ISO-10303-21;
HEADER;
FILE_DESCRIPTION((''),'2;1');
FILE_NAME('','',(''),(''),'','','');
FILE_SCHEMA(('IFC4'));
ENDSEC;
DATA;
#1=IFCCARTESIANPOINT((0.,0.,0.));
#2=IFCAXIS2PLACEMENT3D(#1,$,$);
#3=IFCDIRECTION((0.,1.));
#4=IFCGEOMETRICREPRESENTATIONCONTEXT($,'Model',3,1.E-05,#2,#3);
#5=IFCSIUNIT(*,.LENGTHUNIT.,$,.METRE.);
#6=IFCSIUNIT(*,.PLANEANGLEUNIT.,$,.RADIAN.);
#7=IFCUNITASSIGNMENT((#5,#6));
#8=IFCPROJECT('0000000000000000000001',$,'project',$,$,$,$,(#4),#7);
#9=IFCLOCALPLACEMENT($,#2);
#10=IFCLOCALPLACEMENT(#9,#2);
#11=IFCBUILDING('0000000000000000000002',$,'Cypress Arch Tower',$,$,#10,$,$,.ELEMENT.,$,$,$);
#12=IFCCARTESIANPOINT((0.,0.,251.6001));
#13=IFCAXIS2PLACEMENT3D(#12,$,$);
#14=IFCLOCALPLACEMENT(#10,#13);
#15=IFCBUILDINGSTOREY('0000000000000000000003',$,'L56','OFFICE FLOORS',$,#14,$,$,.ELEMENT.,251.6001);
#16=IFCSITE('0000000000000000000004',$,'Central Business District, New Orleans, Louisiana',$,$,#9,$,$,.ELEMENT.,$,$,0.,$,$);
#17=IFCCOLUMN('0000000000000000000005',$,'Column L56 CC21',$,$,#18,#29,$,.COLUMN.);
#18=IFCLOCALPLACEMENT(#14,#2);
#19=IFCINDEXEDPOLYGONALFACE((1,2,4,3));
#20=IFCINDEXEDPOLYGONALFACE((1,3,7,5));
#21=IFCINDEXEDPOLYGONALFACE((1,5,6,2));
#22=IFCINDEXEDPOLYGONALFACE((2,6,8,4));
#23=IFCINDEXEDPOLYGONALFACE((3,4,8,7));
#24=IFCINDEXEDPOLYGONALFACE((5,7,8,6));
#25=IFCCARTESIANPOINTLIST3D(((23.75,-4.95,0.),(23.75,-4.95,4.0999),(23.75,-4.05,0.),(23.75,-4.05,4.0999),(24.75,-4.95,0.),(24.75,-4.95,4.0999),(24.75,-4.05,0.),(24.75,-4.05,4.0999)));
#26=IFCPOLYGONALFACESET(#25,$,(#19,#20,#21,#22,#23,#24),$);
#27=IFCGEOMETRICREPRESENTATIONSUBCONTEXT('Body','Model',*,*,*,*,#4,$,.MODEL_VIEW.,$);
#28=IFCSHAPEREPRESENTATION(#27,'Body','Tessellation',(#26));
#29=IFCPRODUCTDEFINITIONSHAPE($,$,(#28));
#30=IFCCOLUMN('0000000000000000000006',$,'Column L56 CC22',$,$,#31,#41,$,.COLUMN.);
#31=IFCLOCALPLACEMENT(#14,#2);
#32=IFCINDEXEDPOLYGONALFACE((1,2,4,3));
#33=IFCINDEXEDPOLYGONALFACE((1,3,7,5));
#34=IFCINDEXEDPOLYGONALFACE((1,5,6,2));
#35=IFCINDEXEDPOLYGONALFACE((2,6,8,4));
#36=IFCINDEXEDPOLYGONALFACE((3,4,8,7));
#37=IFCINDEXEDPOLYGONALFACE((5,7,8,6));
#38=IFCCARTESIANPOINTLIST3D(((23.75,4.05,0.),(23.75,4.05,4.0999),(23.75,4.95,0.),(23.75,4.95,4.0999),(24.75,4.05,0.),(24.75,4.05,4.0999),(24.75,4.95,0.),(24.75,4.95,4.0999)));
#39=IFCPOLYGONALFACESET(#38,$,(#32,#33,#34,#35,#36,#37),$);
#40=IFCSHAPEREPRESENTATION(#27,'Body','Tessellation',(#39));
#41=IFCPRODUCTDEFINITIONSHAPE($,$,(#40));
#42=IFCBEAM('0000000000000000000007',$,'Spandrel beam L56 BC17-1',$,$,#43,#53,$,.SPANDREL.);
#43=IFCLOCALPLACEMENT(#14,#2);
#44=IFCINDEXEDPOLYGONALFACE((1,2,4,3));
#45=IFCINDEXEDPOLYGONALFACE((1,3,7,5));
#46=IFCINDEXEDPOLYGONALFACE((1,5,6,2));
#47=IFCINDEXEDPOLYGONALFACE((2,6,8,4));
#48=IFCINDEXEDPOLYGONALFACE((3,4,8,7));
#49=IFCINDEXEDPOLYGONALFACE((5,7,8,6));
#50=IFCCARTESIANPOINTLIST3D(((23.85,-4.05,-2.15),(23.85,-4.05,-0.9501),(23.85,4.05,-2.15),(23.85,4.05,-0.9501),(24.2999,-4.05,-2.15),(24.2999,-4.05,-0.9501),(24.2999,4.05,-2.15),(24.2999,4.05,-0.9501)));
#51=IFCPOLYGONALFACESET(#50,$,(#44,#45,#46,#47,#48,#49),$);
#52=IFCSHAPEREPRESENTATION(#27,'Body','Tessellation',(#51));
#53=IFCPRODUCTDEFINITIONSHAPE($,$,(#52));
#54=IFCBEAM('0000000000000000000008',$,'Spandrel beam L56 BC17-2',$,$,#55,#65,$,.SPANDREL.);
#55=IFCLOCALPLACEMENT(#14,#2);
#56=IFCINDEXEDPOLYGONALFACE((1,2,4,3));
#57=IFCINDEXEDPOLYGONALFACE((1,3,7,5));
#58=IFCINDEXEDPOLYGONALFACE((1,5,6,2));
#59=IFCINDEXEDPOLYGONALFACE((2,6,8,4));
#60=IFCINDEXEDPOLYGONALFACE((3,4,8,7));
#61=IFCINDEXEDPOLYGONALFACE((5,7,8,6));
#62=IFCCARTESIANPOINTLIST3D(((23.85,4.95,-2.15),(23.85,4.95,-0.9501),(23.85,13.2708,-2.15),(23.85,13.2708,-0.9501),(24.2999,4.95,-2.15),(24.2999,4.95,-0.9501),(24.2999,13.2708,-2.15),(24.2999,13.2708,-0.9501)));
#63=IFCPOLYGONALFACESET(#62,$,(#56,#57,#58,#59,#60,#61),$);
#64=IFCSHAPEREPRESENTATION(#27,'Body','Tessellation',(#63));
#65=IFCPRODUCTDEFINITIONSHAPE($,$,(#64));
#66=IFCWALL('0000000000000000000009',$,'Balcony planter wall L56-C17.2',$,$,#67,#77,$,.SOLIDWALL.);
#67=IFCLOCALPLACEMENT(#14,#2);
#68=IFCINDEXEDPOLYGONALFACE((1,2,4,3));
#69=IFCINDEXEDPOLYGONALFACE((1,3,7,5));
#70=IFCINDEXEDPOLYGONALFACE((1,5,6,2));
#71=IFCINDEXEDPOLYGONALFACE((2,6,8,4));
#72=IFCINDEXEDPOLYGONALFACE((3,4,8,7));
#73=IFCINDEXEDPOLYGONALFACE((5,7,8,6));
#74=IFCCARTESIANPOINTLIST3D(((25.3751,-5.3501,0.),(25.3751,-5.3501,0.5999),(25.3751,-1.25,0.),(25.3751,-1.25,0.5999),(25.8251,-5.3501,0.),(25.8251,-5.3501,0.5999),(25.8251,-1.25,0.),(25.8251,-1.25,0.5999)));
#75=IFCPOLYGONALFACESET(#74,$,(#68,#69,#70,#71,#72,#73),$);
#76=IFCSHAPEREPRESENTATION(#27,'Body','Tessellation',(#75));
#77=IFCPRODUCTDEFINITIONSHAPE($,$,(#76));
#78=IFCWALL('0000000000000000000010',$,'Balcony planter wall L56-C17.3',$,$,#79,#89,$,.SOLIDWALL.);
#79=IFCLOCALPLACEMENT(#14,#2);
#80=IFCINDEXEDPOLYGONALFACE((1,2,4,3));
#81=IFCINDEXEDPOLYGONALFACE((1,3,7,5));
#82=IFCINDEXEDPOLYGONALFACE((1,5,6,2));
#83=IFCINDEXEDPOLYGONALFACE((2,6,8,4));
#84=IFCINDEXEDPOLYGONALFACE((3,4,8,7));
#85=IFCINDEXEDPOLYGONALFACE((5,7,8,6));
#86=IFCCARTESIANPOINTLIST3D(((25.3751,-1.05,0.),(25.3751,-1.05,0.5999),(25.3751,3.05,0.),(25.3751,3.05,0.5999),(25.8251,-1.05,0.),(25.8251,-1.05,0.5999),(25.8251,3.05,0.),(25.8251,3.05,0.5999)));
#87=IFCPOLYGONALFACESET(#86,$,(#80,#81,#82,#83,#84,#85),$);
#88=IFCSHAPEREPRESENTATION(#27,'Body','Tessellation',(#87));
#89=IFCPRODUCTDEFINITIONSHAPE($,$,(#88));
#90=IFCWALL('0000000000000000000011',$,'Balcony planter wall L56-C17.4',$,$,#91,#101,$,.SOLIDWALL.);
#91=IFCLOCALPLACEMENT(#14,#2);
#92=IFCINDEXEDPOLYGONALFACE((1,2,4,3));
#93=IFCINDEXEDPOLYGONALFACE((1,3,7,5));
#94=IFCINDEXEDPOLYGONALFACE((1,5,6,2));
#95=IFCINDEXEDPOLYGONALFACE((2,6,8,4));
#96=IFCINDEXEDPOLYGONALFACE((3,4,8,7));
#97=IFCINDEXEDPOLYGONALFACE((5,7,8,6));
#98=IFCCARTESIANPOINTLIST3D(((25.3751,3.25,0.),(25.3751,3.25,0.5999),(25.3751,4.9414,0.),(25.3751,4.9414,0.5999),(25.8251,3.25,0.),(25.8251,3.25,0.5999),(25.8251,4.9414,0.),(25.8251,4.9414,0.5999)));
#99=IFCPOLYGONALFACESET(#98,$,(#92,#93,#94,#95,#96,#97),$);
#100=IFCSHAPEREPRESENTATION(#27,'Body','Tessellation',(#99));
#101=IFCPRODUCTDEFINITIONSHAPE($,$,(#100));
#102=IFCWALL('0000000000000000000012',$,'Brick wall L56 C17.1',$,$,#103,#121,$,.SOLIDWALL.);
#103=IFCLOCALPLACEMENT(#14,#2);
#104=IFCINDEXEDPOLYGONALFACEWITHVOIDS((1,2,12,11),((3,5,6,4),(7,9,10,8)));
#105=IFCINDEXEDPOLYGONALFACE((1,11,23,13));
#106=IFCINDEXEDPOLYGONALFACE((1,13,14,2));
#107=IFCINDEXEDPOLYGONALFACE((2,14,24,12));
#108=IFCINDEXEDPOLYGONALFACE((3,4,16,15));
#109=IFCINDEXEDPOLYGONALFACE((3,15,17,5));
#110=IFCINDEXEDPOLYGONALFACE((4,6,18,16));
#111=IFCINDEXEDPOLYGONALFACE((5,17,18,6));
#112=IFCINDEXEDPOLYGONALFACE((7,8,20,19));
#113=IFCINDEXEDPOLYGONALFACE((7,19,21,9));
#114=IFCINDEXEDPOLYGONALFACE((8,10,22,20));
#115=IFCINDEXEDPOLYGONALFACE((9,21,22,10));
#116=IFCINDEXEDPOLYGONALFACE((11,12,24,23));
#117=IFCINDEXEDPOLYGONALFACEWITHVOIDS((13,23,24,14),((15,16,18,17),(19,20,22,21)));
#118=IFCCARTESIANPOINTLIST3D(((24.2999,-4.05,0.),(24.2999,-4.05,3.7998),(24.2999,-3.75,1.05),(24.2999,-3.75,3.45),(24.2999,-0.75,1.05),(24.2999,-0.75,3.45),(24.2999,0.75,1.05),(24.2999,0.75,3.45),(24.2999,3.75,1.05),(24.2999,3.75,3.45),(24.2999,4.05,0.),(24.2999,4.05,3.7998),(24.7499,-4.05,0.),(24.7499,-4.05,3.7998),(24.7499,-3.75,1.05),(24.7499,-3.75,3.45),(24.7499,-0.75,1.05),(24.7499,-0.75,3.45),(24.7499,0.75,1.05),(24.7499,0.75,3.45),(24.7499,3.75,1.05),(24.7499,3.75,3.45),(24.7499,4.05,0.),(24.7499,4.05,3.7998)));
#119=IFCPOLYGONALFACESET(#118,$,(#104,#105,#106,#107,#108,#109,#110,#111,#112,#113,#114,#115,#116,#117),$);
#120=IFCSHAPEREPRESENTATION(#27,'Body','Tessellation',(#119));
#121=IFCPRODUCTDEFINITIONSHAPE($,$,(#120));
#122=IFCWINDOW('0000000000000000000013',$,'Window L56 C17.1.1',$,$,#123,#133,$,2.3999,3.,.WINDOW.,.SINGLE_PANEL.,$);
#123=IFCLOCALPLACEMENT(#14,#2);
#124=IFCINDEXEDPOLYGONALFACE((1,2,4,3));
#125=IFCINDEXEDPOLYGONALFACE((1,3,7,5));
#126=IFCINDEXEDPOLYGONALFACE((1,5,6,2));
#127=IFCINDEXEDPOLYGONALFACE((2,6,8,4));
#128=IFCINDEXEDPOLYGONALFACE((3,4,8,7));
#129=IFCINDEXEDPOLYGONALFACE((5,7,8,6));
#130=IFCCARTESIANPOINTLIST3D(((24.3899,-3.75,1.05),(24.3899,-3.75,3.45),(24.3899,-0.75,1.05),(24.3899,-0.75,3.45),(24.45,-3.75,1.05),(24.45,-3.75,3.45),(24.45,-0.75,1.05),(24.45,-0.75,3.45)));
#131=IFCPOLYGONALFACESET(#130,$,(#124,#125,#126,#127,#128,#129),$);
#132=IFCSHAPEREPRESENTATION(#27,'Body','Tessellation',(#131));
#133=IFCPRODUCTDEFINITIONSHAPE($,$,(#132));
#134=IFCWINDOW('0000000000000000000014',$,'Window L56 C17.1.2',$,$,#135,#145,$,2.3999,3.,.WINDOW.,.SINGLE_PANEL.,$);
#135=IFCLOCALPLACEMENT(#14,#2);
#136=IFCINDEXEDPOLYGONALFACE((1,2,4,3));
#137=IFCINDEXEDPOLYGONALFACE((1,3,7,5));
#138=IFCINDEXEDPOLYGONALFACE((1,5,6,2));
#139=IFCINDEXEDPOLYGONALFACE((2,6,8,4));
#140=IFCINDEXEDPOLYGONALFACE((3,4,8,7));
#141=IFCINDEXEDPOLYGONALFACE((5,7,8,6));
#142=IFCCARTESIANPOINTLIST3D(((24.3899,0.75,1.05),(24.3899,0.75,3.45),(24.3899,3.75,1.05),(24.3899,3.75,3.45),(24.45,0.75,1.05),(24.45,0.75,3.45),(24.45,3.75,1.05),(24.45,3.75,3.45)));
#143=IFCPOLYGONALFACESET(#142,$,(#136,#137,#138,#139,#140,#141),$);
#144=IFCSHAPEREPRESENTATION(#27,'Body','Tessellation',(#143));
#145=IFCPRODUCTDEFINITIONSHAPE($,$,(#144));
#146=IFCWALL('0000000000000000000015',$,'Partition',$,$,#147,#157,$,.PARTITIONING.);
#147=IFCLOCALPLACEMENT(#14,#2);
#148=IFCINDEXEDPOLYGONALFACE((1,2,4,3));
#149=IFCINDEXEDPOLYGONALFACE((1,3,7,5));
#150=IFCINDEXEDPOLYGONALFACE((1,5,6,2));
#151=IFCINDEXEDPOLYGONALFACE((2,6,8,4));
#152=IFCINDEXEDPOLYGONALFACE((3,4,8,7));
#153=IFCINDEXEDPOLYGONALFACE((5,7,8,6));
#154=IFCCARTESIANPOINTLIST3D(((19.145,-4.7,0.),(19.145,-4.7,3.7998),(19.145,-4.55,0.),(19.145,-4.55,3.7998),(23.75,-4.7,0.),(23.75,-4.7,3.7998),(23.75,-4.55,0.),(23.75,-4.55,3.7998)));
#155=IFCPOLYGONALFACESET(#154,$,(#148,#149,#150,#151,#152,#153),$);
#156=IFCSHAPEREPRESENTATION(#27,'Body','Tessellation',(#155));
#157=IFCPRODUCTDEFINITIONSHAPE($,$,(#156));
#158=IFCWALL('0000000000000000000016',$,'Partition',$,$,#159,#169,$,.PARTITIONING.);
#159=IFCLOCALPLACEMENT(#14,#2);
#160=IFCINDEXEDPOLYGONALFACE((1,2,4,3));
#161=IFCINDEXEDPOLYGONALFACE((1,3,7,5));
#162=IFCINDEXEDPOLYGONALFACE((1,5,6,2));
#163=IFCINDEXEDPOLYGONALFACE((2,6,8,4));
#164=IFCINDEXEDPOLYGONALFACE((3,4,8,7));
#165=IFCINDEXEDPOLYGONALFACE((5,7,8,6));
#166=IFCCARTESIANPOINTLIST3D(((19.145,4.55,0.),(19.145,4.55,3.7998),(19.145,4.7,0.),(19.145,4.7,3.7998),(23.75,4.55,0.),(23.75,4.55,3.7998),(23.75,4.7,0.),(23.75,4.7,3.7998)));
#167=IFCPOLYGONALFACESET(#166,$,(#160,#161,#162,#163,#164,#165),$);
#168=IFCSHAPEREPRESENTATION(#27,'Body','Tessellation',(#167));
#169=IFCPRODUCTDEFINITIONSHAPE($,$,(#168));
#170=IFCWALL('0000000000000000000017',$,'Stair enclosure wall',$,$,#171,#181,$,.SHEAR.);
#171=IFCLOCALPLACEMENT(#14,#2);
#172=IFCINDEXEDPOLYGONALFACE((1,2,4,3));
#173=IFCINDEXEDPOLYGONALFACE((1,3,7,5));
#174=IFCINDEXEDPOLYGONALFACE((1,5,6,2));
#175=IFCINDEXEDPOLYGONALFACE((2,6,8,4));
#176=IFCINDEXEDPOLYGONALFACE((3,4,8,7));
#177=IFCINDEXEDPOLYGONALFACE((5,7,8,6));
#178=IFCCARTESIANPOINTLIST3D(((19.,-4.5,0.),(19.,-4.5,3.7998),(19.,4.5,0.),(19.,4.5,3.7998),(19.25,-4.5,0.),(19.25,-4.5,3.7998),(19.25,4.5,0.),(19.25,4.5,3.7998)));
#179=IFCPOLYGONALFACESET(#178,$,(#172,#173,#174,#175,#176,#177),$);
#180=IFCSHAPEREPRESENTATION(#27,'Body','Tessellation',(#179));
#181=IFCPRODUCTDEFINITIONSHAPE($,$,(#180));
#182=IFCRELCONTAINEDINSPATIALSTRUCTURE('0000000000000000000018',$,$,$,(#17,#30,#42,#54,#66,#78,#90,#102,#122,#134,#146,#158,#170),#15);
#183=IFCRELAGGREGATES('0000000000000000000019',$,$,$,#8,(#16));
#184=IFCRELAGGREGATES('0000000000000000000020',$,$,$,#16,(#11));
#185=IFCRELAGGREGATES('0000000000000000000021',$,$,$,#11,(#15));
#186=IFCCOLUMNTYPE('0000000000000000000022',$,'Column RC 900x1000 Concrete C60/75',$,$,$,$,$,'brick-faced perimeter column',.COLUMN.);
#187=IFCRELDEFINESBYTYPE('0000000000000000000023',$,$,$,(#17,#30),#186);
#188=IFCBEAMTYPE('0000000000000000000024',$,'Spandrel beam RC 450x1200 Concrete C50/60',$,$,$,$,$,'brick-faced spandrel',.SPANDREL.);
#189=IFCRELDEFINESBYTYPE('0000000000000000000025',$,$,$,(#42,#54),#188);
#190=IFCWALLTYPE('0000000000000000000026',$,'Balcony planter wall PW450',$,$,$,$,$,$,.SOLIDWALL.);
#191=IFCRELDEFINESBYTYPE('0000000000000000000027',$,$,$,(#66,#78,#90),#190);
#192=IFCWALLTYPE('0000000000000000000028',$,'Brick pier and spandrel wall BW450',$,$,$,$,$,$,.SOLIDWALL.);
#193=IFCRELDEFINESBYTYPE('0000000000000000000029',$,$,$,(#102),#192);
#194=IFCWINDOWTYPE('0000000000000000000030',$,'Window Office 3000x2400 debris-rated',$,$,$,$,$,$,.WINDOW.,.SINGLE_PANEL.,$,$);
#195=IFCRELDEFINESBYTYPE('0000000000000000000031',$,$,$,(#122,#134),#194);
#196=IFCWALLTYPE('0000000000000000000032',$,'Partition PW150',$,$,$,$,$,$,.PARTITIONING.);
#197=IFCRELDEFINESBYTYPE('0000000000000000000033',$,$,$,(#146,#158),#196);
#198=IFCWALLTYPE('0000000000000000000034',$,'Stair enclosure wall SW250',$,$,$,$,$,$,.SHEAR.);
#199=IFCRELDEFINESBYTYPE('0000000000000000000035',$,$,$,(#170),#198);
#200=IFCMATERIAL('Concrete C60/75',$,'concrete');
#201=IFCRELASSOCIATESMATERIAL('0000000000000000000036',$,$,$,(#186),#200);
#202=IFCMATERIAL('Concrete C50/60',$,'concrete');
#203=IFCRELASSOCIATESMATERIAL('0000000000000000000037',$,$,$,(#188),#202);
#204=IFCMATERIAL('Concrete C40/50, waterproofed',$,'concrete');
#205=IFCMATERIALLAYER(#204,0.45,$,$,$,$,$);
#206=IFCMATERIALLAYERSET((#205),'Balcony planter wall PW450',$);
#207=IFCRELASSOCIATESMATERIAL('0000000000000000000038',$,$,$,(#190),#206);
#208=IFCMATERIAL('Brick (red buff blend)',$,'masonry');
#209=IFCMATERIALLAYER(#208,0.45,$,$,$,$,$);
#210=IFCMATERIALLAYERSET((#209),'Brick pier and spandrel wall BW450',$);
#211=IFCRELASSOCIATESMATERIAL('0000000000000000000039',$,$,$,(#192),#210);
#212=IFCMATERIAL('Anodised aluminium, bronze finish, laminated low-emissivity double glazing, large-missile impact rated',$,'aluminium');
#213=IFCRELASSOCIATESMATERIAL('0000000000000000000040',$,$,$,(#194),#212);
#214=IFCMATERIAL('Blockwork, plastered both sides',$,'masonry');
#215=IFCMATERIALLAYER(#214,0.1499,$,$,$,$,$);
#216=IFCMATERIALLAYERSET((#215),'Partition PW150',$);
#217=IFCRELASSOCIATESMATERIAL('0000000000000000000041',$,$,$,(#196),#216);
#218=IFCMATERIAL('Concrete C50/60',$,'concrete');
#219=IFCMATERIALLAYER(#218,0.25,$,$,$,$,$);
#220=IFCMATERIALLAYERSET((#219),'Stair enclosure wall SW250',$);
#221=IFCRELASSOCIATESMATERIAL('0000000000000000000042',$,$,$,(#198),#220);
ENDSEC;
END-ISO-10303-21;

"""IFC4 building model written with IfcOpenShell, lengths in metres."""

from ifc_helpers import new_model, si_unit, direction, frame, frame_2d, origin, origin_2d, place, context, subcontext, project, spatial, rectangle, extrude, material, layer, layer_set, material_profile, profile_set, type_object, element, fill, save


model = new_model("IFC4")

# Units and contexts
model_context = context("Model", 3, precision=1e-05, world=origin(), true_north=direction((0.0, 1.0)))
body_context = subcontext(model_context, "Body", "Model", "MODEL_VIEW")
ifc_project = project(units=[si_unit("LENGTHUNIT", "METRE"), si_unit("PLANEANGLEUNIT", "RADIAN")], contexts=[model_context])

# Site, building, storey
site_placement = place(None, origin())
site = spatial("IfcSite", under=ifc_project, at=site_placement, Name="Central Business District, New Orleans, Louisiana", CompositionType="ELEMENT", RefElevation=0.0)
building_placement = place(site_placement, origin())
building = spatial("IfcBuilding", under=site, at=building_placement, Name="Cypress Arch Tower", CompositionType="ELEMENT")
storey_placement = place(building_placement, frame((0.0, 0.0, 251.6001)))
storey = spatial("IfcBuildingStorey", under=building, at=storey_placement, Name="L56", Description="OFFICE FLOORS", CompositionType="ELEMENT", Elevation=251.6001)

# Columns
ifc_material_1 = material(Name="Concrete C60/75", Category="concrete")
ifc_material_profile_1 = material_profile(ifc_material_1, rectangle(XDim=0.8999, YDim=1.0, at=origin_2d()), Name="RC 900x1000")
ifc_profile_set_1 = profile_set([ifc_material_profile_1], Name="Concrete C60/75")
column_type = type_object("IfcColumnType", Name="Column RC 900x1000 Concrete C60/75", ElementType="brick-faced perimeter column", PredefinedType="COLUMN", material=ifc_profile_set_1)
for number, where, z_axis, x_axis, name in (
    (1, (24.25, -4.5, 0.0), (0.0, 0.0, 1.0), (0.0, 1.0, 0.0), "Column L56 CC21"),
    (2, (24.25, 4.5, 0.0), (0.0, 0.0, 1.0), (0.0, 1.0, 0.0), "Column L56 CC22"),
):
    element("IfcColumn", number, at=place(storey_placement, frame(where, z_axis=z_axis, x_axis=x_axis)), inside=storey, type_object=column_type, Name=name, PredefinedType="COLUMN", context=body_context, shape_type="SweptSolid", body=[
        extrude(rectangle(XDim=0.8999, YDim=1.0, at=origin_2d()), origin(), (0.0, 0.0, 1.0), 4.0999),
    ])

# Beams
ifc_material_2 = material(Name="Concrete C50/60", Category="concrete")
ifc_material_profile_2 = material_profile(ifc_material_2, rectangle(XDim=0.45, YDim=1.2, at=origin_2d()), Name="RC 450x1200")
ifc_profile_set_2 = profile_set([ifc_material_profile_2], Name="Concrete C50/60")
beam_type = type_object("IfcBeamType", Name="Spandrel beam RC 450x1200 Concrete C50/60", ElementType="brick-faced spandrel", PredefinedType="SPANDREL", material=ifc_profile_set_2)
beam_1_placement = place(storey_placement, frame((24.075, -4.05, -1.55), z_axis=(0.0, 1.0, 0.0), x_axis=(-1.0, 0.0, 0.0)))
element("IfcBeam", 3, at=beam_1_placement, inside=storey, type_object=beam_type, Name="Spandrel beam L56 BC17-1", PredefinedType="SPANDREL", context=body_context, shape_type="SweptSolid", body=[
    extrude(rectangle(XDim=0.45, YDim=1.2, at=origin_2d()), origin(), (0.0, 0.0, 1.0), 8.1001),
])
beam_2_placement = place(storey_placement, frame((24.075, 4.95, -1.55), z_axis=(0.0, 1.0, 0.0), x_axis=(-1.0, 0.0, 0.0)))
element("IfcBeam", 4, at=beam_2_placement, inside=storey, type_object=beam_type, Name="Spandrel beam L56 BC17-2", PredefinedType="SPANDREL", context=body_context, shape_type="SweptSolid", body=[
    extrude(rectangle(XDim=0.45, YDim=1.2, at=origin_2d()), origin(), (0.0, 0.0, 1.0), 8.3208),
])

# Walls
ifc_material_3 = material(Name="Concrete C40/50, waterproofed", Category="concrete")
ifc_layer_1 = layer(ifc_material_3, 0.45)
ifc_layer_set_1 = layer_set([ifc_layer_1], Name="Balcony planter wall PW450")
wall_type_1 = type_object("IfcWallType", Name="Balcony planter wall PW450", PredefinedType="SOLIDWALL", material=ifc_layer_set_1)
for number, where, z_axis, x_axis, name in (
    (5, (25.6001, -5.3501, 0.0), (0.0, 0.0, 1.0), (0.0, 1.0, 0.0), "Balcony planter wall L56-C17.2"),
    (6, (25.6001, -1.05, 0.0), (0.0, 0.0, 1.0), (0.0, 1.0, 0.0), "Balcony planter wall L56-C17.3"),
):
    element("IfcWall", number, at=place(storey_placement, frame(where, z_axis=z_axis, x_axis=x_axis)), inside=storey, type_object=wall_type_1, Name=name, PredefinedType="SOLIDWALL", context=body_context, shape_type="SweptSolid", body=[
        extrude(rectangle(XDim=4.1001, YDim=0.45, at=frame_2d((2.05, 0.0))), origin(), (0.0, 0.0, 1.0), 0.5999),
    ])
wall_1_placement = place(storey_placement, frame((25.6001, 3.25, 0.0), z_axis=(0.0, 0.0, 1.0), x_axis=(0.0, 1.0, 0.0)))
element("IfcWall", 7, at=wall_1_placement, inside=storey, type_object=wall_type_1, Name="Balcony planter wall L56-C17.4", PredefinedType="SOLIDWALL", context=body_context, shape_type="SweptSolid", body=[
    extrude(rectangle(XDim=1.6914, YDim=0.45, at=frame_2d((0.8457, 0.0))), origin(), (0.0, 0.0, 1.0), 0.5999),
])

# Wall, openings, windows
ifc_material_4 = material(Name="Brick (red buff blend)", Category="masonry")
ifc_layer_2 = layer(ifc_material_4, 0.45)
ifc_layer_set_2 = layer_set([ifc_layer_2], Name="Brick pier and spandrel wall BW450")
wall_type_2 = type_object("IfcWallType", Name="Brick pier and spandrel wall BW450", PredefinedType="SOLIDWALL", material=ifc_layer_set_2)
wall_2_placement = place(storey_placement, frame((24.5249, -4.05, 0.0), z_axis=(0.0, 0.0, 1.0), x_axis=(0.0, 1.0, 0.0)))
wall_2 = element("IfcWall", 8, at=wall_2_placement, inside=storey, type_object=wall_type_2, Name="Brick wall L56 C17.1", PredefinedType="SOLIDWALL", context=body_context, shape_type="SweptSolid", body=[
    extrude(rectangle(XDim=8.1001, YDim=0.45, at=frame_2d((4.05, 0.0))), origin(), (0.0, 0.0, 1.0), 3.7998),
])
opening_1_placement = place(wall_2_placement, frame((0.3, 0.0, 1.05)))
opening_1 = element("IfcOpeningElement", 9, at=opening_1_placement, cuts=wall_2, PredefinedType="OPENING", context=body_context, shape_type="SweptSolid", body=[
    extrude(rectangle(XDim=3.0, YDim=2.3999, at=frame_2d((1.5, 1.2))), frame((0.0, 0.2349, 0.0), z_axis=(0.0, -1.0, 0.0), x_axis=(1.0, 0.0, 0.0)), (0.0, 0.0, 1.0), 0.47),
])
opening_2_placement = place(wall_2_placement, frame((4.8, 0.0, 1.05)))
opening_2 = element("IfcOpeningElement", 10, at=opening_2_placement, cuts=wall_2, PredefinedType="OPENING", context=body_context, shape_type="SweptSolid", body=[
    extrude(rectangle(XDim=3.0, YDim=2.3999, at=frame_2d((1.5, 1.2))), frame((0.0, 0.2349, 0.0), z_axis=(0.0, -1.0, 0.0), x_axis=(1.0, 0.0, 0.0)), (0.0, 0.0, 1.0), 0.47),
])
ifc_material_5 = material(Name="Anodised aluminium, bronze finish, laminated low-emissivity double glazing, large-missile impact rated", Category="aluminium")
window_type = type_object("IfcWindowType", Name="Window Office 3000x2400 debris-rated", PartitioningType="SINGLE_PANEL", PredefinedType="WINDOW", material=ifc_material_5)
window_1_placement = place(opening_1_placement, origin())
window_1 = element("IfcWindow", 11, at=window_1_placement, inside=storey, type_object=window_type, Name="Window L56 C17.1.1", OverallHeight=2.3999, OverallWidth=3.0, PartitioningType="SINGLE_PANEL", PredefinedType="WINDOW", context=body_context, shape_type="SweptSolid", body=[
    extrude(rectangle(XDim=3.0, YDim=2.3999, at=frame_2d((1.5, 1.2))), frame((0.0, 0.135, 0.0), z_axis=(0.0, -1.0, 0.0), x_axis=(1.0, 0.0, 0.0)), (0.0, 0.0, 1.0), 0.0601),
])
fill(opening_1, window_1)
window_2_placement = place(opening_2_placement, origin())
window_2 = element("IfcWindow", 12, at=window_2_placement, inside=storey, type_object=window_type, Name="Window L56 C17.1.2", OverallHeight=2.3999, OverallWidth=3.0, PartitioningType="SINGLE_PANEL", PredefinedType="WINDOW", context=body_context, shape_type="SweptSolid", body=[
    extrude(rectangle(XDim=3.0, YDim=2.3999, at=frame_2d((1.5, 1.2))), frame((0.0, 0.135, 0.0), z_axis=(0.0, -1.0, 0.0), x_axis=(1.0, 0.0, 0.0)), (0.0, 0.0, 1.0), 0.0601),
])
fill(opening_2, window_2)

# Walls
ifc_material_6 = material(Name="Blockwork, plastered both sides", Category="masonry")
ifc_layer_3 = layer(ifc_material_6, 0.1499)
ifc_layer_set_3 = layer_set([ifc_layer_3], Name="Partition PW150")
wall_type_3 = type_object("IfcWallType", Name="Partition PW150", PredefinedType="PARTITIONING", material=ifc_layer_set_3)
for number, where, z_axis, x_axis, name in (
    (13, (19.145, -4.625, 0.0), (0.0, 0.0, 1.0), (1.0, 0.0, 0.0), "Partition"),
    (14, (19.145, 4.625, 0.0), (0.0, 0.0, 1.0), (1.0, 0.0, 0.0), "Partition"),
):
    element("IfcWall", number, at=place(storey_placement, frame(where, z_axis=z_axis, x_axis=x_axis)), inside=storey, type_object=wall_type_3, Name=name, PredefinedType="PARTITIONING", context=body_context, shape_type="SweptSolid", body=[
        extrude(rectangle(XDim=4.605, YDim=0.1499, at=frame_2d((2.3025, 0.0))), origin(), (0.0, 0.0, 1.0), 3.7998),
    ])
ifc_material_7 = material(Name="Concrete C50/60", Category="concrete")
ifc_layer_4 = layer(ifc_material_7, 0.25)
ifc_layer_set_4 = layer_set([ifc_layer_4], Name="Stair enclosure wall SW250")
wall_type_4 = type_object("IfcWallType", Name="Stair enclosure wall SW250", PredefinedType="SHEAR", material=ifc_layer_set_4)
wall_3_placement = place(storey_placement, frame((19.125, -4.5, 0.0), z_axis=(0.0, 0.0, 1.0), x_axis=(0.0, 1.0, 0.0)))
element("IfcWall", 15, at=wall_3_placement, inside=storey, type_object=wall_type_4, Name="Stair enclosure wall", PredefinedType="SHEAR", context=body_context, shape_type="SweptSolid", body=[
    extrude(rectangle(XDim=9.0, YDim=0.25, at=frame_2d((4.5, 0.0))), origin(), (0.0, 0.0, 1.0), 3.7998),
])

save(model, "model.ifc")
